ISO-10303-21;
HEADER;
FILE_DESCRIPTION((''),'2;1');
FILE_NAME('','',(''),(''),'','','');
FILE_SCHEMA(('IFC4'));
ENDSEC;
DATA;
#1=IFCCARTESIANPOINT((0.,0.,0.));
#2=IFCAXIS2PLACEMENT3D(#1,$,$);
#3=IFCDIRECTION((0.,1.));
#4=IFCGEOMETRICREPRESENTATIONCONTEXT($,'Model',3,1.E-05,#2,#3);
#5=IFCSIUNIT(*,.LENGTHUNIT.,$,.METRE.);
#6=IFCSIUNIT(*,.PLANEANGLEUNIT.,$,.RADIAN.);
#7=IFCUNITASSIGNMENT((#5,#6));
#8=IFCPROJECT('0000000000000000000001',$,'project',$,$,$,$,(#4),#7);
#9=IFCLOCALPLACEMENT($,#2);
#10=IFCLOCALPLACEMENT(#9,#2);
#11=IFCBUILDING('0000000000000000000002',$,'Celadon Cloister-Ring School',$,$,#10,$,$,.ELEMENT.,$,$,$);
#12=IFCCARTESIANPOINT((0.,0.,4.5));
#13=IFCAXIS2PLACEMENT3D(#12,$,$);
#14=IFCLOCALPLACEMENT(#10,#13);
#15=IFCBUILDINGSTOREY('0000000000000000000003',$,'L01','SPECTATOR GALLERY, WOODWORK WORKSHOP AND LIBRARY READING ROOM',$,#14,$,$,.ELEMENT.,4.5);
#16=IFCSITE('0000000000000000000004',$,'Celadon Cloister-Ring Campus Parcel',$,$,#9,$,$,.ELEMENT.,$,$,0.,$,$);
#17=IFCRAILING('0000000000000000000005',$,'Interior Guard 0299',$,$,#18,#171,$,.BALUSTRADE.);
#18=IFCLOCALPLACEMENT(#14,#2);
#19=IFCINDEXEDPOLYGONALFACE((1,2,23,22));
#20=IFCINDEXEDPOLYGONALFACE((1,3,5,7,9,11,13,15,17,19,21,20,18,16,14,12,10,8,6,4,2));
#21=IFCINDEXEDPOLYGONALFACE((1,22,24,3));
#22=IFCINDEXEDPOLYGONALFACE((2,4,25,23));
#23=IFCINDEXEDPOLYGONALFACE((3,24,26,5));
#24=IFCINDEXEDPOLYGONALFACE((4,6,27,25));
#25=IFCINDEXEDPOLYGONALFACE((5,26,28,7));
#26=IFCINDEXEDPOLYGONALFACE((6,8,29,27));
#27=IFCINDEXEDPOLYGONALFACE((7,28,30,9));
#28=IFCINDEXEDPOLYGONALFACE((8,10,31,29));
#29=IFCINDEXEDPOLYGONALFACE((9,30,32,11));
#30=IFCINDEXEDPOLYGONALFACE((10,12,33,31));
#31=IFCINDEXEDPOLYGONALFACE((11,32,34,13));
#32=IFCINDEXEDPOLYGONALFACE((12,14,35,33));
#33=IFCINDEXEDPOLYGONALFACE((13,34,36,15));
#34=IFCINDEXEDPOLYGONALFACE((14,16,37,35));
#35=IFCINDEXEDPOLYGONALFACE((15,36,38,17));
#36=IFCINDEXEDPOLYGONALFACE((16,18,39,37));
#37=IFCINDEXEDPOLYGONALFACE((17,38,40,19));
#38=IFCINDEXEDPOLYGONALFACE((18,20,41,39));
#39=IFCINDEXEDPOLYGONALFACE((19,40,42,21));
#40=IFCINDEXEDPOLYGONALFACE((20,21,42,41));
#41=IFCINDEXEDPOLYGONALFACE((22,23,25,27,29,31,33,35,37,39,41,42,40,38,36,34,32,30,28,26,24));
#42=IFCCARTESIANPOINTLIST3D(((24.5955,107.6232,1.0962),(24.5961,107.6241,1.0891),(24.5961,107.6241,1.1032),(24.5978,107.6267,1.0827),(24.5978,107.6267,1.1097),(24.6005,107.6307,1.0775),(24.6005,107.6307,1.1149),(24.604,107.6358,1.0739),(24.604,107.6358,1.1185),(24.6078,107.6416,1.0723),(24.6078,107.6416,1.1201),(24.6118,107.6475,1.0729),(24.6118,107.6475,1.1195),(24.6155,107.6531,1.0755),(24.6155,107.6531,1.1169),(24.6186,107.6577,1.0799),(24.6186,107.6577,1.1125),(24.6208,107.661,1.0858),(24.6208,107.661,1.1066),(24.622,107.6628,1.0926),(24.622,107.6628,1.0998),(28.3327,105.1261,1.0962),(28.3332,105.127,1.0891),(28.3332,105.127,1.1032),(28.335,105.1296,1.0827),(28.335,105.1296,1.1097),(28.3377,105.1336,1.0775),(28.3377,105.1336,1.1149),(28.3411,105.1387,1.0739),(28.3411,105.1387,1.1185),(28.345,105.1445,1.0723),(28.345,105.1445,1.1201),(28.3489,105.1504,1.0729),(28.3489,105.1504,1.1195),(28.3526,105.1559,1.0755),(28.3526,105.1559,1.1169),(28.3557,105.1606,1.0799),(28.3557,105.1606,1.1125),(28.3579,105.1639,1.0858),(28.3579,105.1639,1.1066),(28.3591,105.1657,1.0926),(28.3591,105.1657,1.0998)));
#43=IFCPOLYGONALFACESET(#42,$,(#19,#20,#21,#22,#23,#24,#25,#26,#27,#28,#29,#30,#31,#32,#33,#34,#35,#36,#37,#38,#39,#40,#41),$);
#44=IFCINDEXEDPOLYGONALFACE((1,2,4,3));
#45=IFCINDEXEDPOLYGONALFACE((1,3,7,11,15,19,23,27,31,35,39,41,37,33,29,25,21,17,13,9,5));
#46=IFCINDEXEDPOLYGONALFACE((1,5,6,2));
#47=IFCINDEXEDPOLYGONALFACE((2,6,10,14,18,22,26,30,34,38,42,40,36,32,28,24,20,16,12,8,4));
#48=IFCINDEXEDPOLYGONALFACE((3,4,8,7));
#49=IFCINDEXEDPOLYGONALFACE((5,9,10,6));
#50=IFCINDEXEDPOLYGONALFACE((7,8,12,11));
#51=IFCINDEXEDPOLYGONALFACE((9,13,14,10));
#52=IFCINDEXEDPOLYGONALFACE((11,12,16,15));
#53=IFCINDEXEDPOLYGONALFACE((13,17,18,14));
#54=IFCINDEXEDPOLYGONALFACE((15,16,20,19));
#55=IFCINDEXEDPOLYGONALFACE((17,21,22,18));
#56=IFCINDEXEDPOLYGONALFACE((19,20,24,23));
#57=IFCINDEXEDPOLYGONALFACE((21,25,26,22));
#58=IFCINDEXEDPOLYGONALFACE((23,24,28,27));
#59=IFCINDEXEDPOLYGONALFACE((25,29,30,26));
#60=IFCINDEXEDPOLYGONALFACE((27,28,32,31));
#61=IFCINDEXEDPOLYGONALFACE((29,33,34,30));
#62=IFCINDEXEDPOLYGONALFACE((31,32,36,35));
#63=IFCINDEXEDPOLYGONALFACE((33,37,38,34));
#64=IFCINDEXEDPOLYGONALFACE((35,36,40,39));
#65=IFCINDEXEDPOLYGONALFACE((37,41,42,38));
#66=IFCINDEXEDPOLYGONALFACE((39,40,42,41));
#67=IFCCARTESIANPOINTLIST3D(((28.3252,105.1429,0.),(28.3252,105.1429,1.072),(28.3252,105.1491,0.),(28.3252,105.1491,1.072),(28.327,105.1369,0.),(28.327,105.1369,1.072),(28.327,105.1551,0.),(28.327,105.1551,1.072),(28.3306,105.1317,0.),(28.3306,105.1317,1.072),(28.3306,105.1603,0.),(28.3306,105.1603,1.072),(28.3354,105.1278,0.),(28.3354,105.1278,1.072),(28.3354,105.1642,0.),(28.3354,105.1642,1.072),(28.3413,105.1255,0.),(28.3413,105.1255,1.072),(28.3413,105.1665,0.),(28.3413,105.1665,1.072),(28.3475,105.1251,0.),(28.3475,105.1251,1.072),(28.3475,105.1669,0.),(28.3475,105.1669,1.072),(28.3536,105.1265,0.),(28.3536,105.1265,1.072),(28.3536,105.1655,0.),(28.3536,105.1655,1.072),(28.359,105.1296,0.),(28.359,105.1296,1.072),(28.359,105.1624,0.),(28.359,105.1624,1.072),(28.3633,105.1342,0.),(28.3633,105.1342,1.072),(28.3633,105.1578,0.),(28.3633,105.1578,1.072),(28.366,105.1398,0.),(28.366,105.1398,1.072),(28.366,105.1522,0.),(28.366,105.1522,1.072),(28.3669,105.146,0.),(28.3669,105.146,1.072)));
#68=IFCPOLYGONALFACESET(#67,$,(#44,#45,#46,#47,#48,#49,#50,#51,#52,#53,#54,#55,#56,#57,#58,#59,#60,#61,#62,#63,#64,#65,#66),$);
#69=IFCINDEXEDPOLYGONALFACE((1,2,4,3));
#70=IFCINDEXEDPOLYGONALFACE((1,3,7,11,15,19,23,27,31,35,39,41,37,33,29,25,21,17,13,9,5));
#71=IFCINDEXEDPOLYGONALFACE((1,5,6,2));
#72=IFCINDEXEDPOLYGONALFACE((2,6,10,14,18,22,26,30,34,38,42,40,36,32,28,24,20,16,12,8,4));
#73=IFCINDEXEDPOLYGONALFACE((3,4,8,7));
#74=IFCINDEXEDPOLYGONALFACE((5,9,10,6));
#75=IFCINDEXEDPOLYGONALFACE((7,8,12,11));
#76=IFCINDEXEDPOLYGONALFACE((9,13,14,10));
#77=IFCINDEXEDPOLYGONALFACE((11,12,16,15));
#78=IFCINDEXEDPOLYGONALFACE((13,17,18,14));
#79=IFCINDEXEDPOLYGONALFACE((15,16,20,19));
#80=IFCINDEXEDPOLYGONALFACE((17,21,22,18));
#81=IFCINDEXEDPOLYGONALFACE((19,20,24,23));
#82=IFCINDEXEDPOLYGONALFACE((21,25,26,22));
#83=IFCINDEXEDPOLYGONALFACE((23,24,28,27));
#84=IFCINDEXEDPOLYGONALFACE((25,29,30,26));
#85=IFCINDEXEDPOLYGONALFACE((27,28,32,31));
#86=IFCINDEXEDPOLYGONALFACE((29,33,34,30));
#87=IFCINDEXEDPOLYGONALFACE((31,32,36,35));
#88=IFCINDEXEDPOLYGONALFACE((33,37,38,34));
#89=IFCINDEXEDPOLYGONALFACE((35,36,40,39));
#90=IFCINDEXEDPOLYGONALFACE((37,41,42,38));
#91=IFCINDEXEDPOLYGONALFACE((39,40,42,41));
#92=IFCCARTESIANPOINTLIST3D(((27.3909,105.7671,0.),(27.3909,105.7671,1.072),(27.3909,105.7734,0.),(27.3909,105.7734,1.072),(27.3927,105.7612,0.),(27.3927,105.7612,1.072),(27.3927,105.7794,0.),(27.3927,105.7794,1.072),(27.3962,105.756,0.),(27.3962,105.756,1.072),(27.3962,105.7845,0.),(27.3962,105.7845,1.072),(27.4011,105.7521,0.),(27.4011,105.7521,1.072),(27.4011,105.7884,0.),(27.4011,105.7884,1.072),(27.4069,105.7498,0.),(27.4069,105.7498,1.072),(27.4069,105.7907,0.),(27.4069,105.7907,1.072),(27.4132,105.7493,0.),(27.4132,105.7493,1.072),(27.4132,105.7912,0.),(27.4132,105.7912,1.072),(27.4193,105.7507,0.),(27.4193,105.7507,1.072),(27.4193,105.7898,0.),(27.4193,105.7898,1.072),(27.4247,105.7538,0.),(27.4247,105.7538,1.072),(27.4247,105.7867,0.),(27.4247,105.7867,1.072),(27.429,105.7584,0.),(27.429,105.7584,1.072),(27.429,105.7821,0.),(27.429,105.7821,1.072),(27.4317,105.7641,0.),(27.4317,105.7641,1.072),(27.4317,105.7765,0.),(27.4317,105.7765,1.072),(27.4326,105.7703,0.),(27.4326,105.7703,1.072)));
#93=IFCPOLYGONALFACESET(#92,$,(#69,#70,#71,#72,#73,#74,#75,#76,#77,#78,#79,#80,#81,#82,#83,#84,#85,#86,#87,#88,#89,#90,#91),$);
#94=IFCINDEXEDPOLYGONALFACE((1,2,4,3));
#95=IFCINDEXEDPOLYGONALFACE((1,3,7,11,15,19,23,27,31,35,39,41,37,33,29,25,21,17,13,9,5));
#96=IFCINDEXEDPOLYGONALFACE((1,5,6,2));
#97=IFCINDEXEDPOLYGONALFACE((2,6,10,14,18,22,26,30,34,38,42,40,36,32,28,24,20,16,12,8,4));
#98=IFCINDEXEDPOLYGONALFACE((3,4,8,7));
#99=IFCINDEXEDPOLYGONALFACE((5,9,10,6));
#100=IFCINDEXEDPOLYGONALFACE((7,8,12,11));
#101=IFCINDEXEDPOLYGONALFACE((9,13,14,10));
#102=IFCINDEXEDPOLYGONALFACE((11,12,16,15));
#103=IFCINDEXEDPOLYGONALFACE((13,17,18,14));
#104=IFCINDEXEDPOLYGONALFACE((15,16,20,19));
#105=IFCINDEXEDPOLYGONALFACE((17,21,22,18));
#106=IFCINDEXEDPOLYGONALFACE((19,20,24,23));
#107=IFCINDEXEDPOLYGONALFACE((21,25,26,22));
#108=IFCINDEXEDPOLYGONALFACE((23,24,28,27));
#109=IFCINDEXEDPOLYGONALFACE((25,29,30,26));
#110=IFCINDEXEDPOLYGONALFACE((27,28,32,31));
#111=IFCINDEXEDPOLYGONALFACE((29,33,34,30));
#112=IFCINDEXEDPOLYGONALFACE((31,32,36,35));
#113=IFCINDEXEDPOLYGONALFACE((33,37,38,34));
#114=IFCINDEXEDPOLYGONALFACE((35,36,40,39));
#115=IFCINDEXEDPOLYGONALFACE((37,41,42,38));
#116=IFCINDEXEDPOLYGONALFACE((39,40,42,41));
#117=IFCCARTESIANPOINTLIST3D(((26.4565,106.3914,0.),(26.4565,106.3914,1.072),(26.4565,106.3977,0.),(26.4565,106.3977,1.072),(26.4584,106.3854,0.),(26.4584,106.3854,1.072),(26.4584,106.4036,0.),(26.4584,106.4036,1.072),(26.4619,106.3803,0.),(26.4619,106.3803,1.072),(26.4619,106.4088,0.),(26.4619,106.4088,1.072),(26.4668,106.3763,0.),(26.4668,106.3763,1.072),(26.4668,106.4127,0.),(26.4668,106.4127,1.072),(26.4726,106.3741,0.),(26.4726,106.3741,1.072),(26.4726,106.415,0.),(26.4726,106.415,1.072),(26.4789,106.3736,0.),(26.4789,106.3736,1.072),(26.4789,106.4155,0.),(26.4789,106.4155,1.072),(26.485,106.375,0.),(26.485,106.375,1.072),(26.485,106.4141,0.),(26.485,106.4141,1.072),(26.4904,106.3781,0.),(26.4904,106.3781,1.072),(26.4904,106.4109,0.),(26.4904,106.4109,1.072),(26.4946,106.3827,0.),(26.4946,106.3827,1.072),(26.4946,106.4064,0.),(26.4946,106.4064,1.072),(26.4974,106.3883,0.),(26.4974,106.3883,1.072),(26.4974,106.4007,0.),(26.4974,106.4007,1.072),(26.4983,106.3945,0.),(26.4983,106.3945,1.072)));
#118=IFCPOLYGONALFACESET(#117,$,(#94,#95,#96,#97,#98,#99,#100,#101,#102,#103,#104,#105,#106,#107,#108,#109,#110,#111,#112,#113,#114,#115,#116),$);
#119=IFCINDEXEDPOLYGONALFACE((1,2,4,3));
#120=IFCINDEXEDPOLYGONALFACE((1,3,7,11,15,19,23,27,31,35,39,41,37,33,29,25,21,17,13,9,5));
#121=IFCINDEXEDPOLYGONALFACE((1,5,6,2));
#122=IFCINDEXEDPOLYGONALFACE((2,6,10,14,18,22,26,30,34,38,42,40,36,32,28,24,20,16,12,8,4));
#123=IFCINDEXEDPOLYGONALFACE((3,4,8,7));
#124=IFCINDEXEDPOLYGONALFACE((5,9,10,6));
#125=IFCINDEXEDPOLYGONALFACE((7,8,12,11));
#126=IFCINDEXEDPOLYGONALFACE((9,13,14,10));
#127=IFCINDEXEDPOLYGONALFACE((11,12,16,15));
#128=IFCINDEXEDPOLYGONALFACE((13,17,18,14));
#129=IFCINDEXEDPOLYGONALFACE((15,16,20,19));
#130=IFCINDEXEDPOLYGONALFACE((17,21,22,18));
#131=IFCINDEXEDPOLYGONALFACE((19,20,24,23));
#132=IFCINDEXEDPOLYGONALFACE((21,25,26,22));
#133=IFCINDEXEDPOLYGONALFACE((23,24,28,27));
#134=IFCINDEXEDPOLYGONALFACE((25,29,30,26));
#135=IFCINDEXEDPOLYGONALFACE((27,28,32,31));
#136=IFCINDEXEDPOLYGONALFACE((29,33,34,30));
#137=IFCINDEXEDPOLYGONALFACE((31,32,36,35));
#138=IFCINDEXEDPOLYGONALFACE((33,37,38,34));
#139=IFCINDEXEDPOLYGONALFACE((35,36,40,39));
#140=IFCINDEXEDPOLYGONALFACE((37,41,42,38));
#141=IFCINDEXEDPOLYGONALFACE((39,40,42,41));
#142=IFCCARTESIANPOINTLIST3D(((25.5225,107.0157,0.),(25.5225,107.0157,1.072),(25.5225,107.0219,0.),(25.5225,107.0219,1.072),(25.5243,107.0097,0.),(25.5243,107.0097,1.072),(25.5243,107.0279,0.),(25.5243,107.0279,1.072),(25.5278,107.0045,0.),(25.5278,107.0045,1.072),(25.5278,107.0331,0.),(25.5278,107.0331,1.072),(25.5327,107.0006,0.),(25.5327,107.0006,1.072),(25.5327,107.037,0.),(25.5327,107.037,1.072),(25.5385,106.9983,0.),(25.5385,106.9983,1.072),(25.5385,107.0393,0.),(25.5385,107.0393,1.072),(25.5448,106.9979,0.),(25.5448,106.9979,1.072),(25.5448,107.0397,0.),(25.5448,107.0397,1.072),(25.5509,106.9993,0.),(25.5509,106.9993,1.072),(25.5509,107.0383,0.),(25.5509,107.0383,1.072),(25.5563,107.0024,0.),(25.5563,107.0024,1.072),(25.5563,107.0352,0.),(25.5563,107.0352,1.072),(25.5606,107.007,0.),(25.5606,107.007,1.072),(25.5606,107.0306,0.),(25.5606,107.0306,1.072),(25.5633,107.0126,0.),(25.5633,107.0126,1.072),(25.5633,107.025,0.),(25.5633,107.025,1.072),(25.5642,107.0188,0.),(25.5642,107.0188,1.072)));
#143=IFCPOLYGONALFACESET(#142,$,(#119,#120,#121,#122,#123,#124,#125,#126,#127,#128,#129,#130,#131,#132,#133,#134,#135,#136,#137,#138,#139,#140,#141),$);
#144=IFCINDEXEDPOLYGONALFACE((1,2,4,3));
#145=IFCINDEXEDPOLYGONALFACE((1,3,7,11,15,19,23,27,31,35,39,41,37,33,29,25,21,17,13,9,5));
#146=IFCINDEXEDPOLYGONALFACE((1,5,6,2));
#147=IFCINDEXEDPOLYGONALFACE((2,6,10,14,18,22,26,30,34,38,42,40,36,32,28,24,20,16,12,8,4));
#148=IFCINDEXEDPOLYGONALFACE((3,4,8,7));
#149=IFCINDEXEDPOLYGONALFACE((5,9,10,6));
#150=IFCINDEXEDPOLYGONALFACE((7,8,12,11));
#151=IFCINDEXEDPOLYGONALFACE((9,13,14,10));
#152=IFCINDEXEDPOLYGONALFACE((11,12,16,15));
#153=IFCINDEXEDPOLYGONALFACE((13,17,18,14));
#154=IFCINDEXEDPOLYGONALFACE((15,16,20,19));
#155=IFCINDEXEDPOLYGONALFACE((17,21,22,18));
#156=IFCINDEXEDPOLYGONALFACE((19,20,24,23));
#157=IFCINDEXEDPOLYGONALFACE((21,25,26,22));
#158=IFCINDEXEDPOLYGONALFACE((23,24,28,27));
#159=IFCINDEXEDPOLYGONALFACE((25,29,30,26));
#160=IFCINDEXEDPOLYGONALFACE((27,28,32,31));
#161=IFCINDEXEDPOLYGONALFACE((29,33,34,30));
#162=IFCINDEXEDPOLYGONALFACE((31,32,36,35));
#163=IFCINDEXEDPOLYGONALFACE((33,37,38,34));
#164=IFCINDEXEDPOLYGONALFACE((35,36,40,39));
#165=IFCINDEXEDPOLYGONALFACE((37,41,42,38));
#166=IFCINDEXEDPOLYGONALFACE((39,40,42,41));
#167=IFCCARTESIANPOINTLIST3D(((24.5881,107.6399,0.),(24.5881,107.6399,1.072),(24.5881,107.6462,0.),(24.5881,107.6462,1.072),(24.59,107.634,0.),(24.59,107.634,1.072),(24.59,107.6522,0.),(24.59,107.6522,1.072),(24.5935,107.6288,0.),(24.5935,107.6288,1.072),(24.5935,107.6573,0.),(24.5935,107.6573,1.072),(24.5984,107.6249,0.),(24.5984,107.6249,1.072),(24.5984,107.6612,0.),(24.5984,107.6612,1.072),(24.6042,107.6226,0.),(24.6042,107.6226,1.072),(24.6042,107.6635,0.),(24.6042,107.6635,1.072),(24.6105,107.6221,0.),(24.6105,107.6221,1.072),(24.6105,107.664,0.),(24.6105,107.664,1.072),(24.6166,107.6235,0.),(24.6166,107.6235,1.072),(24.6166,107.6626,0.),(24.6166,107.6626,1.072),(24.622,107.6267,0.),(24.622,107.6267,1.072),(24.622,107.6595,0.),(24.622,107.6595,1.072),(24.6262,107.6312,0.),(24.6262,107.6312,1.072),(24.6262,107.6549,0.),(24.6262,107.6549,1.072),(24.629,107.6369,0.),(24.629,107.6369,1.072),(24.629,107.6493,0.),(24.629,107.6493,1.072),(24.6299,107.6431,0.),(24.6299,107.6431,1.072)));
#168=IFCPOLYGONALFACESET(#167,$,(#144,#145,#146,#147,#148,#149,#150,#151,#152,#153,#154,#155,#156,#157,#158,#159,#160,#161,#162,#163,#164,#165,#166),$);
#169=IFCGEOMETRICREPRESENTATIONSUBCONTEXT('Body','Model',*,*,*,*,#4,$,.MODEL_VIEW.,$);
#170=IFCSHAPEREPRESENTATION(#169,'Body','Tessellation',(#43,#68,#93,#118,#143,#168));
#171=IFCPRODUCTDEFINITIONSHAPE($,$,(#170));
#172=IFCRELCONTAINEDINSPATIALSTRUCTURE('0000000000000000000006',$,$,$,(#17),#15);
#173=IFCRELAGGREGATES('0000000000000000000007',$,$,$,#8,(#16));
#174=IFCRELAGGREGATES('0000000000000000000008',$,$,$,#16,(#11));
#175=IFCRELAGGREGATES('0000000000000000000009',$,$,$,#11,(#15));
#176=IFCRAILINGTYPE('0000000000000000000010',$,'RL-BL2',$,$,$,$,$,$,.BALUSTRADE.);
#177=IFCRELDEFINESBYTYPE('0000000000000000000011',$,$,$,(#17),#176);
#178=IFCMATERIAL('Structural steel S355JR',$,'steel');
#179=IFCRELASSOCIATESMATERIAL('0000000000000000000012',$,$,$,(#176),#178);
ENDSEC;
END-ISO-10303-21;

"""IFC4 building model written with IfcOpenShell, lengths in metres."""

from ifc_helpers import new_model, si_unit, direction, frame, origin, origin_2d, place, context, subcontext, project, spatial, circle, extrude, material, type_object, element, save


model = new_model("IFC4")

# Units and contexts
model_context = context("Model", 3, precision=1e-05, world=origin(), true_north=direction((0.0, 1.0)))
body_context = subcontext(model_context, "Body", "Model", "MODEL_VIEW")
ifc_project = project(units=[si_unit("LENGTHUNIT", "METRE"), si_unit("PLANEANGLEUNIT", "RADIAN")], contexts=[model_context])

# Site, building, storey
site_placement = place(None, origin())
site = spatial("IfcSite", under=ifc_project, at=site_placement, Name="Celadon Cloister-Ring Campus Parcel", CompositionType="ELEMENT", RefElevation=0.0)
building_placement = place(site_placement, origin())
building = spatial("IfcBuilding", under=site, at=building_placement, Name="Celadon Cloister-Ring School", CompositionType="ELEMENT")
storey_placement = place(building_placement, frame((0.0, 0.0, 4.5)))
storey = spatial("IfcBuildingStorey", under=building, at=storey_placement, Name="L01", Description="SPECTATOR GALLERY, WOODWORK WORKSHOP AND LIBRARY READING ROOM", CompositionType="ELEMENT", Elevation=4.5)

# Railing
ifc_material_1 = material(Name="Structural steel S355JR", Category="steel")
railing_type_1 = type_object("IfcRailingType", Name="RL-BL2", PredefinedType="BALUSTRADE", material=ifc_material_1)
railing_1_placement = place(storey_placement, frame((28.3459, 105.146, 0.0)))
element("IfcRailing", 1, at=railing_1_placement, inside=storey, type_object=railing_type_1, Name="Interior Guard 0299", PredefinedType="BALUSTRADE", context=body_context, shape_type="SweptSolid", body=[
    extrude(circle(Radius=0.0239, at=origin_2d()), frame((0.0, 0.0, 1.0962), z_axis=(-0.831465, 0.555577, 0.0), x_axis=(-0.555577, -0.831465, 0.0)), (0.0, 0.0, 1.0), 4.4946),
    extrude(circle(Radius=0.021, at=origin_2d()), origin(), (0.0, 0.0, 1.0), 1.072),
    extrude(circle(Radius=0.021, at=origin_2d()), frame((-0.9343, 0.6243, 0.0)), (0.0, 0.0, 1.0), 1.072),
    extrude(circle(Radius=0.021, at=origin_2d()), frame((-1.8687, 1.2485, 0.0)), (0.0, 0.0, 1.0), 1.072),
    extrude(circle(Radius=0.021, at=origin_2d()), frame((-2.8027, 1.8728, 0.0)), (0.0, 0.0, 1.0), 1.072),
    extrude(circle(Radius=0.021, at=origin_2d()), frame((-3.7371, 2.4971, 0.0)), (0.0, 0.0, 1.0), 1.072),
])

save(model, "model.ifc")
